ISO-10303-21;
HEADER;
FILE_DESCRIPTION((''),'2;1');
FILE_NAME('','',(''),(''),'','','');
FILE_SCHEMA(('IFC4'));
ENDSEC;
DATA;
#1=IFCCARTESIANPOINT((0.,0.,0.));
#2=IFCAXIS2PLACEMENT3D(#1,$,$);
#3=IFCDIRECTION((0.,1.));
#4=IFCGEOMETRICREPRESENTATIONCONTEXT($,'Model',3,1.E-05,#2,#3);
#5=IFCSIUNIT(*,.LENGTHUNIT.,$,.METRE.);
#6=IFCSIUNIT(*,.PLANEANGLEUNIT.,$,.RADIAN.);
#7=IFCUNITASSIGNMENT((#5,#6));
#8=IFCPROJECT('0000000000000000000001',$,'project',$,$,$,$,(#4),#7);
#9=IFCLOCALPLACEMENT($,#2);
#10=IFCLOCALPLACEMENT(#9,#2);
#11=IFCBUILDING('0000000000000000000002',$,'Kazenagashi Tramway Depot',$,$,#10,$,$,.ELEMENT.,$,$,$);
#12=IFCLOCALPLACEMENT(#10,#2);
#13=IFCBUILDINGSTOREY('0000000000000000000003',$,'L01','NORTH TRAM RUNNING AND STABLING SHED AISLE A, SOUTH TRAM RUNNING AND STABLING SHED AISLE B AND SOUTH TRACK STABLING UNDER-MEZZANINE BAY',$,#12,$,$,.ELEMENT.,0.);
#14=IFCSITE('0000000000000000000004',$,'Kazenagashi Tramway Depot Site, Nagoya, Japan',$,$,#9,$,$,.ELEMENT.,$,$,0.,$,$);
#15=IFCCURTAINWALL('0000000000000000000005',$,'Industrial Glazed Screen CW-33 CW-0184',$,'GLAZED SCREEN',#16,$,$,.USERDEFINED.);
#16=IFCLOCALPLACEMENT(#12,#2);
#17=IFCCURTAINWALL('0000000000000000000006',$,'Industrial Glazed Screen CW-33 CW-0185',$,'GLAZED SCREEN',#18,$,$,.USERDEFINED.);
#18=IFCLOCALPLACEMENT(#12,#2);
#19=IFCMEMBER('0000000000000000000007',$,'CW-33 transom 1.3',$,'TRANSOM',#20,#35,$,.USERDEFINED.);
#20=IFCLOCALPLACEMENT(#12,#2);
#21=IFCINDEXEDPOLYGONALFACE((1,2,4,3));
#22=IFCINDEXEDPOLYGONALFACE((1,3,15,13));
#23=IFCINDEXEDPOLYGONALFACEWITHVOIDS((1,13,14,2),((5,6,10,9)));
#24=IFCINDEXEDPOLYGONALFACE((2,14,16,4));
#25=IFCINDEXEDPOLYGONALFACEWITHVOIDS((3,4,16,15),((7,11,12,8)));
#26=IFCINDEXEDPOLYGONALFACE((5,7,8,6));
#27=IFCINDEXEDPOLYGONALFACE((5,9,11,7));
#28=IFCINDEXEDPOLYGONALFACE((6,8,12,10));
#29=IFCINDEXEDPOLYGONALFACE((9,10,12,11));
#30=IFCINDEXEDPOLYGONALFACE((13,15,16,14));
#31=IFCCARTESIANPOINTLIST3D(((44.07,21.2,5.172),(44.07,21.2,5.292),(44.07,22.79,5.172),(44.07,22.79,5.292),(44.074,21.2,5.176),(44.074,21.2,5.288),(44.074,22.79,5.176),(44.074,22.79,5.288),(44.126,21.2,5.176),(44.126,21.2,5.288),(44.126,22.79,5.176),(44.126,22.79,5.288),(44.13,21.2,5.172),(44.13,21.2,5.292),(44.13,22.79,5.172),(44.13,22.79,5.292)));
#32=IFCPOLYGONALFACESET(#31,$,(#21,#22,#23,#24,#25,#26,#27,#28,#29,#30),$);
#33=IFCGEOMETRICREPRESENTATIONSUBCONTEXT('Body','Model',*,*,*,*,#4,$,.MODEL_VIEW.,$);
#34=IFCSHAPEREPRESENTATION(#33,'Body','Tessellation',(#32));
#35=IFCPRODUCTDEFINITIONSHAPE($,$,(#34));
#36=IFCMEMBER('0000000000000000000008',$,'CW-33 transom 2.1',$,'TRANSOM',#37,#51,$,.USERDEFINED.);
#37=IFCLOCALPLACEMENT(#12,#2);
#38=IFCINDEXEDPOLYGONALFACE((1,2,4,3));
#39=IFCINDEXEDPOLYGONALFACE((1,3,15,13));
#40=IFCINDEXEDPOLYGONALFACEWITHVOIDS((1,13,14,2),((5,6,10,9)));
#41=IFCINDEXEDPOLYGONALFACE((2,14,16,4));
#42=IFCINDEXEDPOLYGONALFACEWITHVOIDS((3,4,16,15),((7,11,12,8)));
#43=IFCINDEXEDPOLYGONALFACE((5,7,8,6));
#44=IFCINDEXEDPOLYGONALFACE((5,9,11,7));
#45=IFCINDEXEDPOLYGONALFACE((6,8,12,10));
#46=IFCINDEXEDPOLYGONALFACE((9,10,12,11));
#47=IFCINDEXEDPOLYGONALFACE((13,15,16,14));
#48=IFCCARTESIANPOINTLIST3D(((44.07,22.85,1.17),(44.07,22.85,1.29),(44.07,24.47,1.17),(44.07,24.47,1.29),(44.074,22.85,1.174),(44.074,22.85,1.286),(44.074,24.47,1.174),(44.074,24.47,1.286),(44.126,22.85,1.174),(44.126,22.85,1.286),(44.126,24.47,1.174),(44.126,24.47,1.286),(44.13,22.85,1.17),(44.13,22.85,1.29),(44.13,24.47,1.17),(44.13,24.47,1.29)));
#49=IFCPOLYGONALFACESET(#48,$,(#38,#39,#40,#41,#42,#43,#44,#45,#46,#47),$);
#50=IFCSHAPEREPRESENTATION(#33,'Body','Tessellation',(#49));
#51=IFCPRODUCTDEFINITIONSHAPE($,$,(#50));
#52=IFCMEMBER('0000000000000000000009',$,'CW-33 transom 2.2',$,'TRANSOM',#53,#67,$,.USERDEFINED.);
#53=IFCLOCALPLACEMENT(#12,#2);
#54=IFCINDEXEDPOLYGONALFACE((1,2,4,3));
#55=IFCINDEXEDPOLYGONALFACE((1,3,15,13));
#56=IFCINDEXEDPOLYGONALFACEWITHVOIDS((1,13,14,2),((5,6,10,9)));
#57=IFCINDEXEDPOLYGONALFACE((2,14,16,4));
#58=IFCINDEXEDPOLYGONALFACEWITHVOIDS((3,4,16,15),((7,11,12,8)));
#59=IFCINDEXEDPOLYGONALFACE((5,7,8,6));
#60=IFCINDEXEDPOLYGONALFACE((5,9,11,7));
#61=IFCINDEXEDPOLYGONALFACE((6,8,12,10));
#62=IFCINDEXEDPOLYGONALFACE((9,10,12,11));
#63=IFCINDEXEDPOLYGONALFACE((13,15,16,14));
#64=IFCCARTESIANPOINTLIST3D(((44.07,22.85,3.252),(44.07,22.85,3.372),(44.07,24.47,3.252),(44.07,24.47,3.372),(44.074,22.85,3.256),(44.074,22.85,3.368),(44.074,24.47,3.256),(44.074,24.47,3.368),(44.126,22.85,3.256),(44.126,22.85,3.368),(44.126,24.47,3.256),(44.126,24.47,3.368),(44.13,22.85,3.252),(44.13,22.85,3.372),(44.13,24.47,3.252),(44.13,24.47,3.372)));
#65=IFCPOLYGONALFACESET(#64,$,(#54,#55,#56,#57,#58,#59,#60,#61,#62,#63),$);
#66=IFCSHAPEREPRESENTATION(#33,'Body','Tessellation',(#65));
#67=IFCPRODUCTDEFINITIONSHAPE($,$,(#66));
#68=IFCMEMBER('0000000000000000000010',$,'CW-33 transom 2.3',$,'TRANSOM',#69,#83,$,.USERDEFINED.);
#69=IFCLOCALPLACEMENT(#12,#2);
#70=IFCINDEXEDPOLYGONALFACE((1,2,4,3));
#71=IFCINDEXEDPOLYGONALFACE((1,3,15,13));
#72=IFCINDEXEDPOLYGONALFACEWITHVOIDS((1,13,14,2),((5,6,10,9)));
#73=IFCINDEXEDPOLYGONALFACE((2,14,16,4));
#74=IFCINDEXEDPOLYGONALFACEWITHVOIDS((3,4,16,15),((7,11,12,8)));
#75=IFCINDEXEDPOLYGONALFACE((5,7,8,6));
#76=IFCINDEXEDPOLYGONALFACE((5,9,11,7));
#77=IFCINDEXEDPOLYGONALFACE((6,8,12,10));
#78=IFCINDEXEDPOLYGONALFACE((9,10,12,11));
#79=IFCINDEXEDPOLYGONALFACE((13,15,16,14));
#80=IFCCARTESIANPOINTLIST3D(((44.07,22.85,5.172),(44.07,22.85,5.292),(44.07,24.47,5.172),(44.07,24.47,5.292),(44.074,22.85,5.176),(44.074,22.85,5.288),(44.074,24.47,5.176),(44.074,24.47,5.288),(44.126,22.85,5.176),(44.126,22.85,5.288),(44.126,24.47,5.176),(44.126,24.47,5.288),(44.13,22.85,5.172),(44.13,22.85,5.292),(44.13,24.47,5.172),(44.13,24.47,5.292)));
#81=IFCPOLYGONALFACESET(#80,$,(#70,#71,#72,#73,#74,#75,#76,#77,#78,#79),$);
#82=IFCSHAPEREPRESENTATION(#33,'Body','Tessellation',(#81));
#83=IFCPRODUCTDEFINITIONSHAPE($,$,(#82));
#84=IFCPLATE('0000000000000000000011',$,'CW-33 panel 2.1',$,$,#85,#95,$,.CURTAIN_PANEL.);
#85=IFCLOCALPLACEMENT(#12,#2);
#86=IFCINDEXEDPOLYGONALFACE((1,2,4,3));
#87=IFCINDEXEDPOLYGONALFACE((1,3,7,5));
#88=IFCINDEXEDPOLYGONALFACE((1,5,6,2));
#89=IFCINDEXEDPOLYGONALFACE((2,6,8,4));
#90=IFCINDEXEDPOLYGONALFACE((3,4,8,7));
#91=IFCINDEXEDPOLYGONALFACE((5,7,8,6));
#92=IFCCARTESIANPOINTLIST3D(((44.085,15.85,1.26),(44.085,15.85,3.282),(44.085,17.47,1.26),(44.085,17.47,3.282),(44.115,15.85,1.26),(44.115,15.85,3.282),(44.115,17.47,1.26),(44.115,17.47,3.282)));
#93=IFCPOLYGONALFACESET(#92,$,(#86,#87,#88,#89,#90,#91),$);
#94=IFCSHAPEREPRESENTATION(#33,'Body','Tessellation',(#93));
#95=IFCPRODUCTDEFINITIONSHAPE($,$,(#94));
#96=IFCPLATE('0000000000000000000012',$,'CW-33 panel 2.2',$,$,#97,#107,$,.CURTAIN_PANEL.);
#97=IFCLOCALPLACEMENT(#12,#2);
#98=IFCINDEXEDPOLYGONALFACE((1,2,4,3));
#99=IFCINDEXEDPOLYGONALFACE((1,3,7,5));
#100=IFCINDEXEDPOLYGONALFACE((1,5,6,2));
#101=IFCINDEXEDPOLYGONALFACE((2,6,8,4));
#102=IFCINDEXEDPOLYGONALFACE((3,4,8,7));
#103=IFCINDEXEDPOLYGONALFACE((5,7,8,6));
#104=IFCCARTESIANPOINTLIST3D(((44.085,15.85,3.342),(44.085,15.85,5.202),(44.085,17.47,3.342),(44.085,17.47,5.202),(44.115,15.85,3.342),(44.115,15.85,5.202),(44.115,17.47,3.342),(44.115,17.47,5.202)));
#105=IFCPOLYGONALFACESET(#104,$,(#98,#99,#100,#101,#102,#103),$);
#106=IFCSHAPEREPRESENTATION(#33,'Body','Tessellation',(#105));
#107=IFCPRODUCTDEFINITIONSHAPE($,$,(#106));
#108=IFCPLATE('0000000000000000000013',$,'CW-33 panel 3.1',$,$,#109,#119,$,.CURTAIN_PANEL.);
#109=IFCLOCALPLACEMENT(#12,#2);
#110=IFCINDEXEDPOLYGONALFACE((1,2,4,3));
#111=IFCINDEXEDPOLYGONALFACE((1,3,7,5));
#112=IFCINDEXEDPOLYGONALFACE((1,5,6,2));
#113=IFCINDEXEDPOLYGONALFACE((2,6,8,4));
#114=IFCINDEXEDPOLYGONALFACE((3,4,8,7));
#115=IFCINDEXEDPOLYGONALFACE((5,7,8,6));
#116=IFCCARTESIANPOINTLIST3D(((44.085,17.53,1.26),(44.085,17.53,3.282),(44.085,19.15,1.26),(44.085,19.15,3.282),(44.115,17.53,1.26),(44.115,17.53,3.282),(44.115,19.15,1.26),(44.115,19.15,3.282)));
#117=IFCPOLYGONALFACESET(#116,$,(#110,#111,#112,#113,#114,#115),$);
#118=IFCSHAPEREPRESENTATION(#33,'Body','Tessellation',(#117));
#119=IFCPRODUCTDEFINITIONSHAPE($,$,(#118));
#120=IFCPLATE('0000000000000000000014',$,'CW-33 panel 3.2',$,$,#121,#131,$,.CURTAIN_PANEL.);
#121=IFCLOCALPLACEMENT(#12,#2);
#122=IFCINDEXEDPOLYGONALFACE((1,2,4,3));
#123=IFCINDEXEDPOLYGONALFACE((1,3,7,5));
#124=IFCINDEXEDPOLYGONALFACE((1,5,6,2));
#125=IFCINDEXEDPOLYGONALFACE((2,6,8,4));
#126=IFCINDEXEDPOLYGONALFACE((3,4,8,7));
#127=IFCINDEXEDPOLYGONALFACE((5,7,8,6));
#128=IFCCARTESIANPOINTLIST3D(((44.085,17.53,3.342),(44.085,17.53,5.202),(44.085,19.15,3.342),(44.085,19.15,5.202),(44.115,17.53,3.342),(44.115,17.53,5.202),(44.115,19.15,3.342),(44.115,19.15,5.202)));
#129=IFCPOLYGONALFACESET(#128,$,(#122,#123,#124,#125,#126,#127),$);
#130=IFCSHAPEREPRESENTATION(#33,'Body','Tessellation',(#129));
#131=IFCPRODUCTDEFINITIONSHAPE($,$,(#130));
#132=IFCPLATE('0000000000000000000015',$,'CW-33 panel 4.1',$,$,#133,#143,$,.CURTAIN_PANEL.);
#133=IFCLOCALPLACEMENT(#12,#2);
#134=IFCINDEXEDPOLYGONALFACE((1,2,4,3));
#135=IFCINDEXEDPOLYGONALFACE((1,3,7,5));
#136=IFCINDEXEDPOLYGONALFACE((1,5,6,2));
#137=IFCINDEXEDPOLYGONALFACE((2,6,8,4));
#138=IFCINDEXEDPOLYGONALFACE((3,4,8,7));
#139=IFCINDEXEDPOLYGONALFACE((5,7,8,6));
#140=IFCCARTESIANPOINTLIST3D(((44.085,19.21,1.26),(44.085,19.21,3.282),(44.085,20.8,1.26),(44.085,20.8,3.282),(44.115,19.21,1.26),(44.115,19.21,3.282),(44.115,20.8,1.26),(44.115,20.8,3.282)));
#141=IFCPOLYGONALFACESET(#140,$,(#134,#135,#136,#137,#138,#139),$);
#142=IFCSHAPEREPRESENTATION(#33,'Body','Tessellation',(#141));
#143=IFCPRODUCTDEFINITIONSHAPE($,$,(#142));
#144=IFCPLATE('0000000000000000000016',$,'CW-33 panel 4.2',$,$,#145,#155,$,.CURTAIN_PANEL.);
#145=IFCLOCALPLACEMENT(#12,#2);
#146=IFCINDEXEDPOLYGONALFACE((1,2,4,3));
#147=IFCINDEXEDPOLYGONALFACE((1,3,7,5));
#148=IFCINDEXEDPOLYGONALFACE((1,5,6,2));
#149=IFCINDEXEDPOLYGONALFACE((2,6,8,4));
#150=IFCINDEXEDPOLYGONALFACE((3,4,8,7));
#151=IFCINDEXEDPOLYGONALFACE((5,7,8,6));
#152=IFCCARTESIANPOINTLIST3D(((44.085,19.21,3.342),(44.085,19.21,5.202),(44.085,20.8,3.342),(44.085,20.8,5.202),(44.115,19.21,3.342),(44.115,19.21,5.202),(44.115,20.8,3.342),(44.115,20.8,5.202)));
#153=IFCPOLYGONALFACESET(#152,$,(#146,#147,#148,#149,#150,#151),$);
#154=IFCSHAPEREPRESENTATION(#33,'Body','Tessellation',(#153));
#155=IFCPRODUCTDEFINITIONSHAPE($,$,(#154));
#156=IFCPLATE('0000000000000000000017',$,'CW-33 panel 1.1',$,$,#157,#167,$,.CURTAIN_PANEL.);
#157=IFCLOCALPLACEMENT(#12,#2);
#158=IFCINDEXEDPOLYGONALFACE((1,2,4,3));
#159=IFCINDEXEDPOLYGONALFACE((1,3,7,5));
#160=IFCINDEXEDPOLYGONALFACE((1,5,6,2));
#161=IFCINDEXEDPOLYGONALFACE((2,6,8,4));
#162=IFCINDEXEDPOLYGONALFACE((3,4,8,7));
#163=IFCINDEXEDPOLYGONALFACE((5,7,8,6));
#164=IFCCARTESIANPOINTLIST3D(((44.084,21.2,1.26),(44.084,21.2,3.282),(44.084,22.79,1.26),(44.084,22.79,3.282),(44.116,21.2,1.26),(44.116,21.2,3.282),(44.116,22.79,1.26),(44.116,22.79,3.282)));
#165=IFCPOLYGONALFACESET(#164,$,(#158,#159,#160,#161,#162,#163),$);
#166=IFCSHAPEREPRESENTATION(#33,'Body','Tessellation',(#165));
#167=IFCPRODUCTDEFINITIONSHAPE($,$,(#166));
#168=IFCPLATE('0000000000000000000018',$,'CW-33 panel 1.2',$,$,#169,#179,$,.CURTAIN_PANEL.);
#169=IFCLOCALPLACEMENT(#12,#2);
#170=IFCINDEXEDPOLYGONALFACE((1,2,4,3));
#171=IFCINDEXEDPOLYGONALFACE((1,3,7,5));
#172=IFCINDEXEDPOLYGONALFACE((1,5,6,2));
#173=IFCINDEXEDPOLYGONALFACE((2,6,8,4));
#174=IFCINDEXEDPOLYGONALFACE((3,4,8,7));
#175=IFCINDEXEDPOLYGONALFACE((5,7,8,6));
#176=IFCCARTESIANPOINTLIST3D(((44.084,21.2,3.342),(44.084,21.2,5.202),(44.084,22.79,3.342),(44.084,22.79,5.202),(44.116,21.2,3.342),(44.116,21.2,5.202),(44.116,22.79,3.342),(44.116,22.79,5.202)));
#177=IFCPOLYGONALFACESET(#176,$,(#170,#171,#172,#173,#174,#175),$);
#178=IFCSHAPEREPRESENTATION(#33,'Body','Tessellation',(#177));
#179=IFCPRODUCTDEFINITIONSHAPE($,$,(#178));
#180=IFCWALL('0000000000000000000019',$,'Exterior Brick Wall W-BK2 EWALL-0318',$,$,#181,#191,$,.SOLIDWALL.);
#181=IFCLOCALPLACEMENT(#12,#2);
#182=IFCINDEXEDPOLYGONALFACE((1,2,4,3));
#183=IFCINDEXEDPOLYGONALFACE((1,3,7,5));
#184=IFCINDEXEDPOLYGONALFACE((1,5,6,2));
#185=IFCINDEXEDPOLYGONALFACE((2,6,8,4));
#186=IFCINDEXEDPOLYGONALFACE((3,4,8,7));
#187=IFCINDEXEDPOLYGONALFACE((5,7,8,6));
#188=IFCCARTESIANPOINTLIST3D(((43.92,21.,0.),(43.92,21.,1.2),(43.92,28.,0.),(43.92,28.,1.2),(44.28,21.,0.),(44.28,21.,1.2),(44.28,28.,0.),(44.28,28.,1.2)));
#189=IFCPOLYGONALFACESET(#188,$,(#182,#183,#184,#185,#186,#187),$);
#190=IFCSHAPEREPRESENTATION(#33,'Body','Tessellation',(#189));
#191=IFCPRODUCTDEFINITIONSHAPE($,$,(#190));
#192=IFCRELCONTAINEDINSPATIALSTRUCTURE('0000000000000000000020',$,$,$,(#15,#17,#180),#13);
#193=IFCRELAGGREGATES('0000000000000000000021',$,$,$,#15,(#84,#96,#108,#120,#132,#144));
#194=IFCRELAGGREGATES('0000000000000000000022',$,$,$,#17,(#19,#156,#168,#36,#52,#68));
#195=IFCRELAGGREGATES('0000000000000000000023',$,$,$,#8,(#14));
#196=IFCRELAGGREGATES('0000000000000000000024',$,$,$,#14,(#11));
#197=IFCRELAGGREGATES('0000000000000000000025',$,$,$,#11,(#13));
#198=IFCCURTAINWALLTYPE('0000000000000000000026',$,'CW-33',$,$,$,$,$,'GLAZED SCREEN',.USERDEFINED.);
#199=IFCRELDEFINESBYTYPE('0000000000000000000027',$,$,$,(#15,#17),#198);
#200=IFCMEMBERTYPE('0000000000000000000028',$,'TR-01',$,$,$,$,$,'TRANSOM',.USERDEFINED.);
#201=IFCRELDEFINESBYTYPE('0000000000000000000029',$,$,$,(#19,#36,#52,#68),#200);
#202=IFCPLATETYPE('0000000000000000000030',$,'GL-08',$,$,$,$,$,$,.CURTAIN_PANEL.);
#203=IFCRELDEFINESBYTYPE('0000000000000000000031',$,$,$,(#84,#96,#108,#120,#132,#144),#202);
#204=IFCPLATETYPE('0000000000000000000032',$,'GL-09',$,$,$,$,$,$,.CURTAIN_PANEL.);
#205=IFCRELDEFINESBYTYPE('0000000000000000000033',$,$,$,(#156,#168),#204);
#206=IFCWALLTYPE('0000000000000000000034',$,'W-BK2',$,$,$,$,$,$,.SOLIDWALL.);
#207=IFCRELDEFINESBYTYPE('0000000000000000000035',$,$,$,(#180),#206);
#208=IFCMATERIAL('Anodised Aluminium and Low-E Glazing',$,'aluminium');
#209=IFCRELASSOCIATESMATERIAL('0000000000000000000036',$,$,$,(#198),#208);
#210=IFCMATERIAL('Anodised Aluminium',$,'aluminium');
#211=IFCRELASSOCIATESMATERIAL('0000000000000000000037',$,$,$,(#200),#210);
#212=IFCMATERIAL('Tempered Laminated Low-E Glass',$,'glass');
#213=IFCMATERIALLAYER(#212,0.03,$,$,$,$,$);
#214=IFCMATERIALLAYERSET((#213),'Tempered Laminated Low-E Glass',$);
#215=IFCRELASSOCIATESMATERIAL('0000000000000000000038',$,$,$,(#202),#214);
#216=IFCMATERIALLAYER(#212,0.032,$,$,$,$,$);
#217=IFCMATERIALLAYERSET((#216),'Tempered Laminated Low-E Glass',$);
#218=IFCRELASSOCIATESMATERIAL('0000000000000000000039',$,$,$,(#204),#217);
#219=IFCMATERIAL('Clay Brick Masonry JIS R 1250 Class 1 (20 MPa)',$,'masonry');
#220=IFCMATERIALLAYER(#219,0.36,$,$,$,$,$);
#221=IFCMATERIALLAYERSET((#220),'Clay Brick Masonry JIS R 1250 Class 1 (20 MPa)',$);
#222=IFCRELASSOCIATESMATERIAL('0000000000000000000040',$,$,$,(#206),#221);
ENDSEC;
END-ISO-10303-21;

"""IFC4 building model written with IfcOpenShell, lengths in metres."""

from ifc_helpers import new_model, si_unit, direction, frame, frame_2d, origin, origin_2d, place, context, subcontext, project, spatial, rectangle, hollow_rectangle, extrude, material, layer, layer_set, material_profile, profile_set, type_object, element, aggregate, save


model = new_model("IFC4")

# Units and contexts
model_context = context("Model", 3, precision=1e-05, world=origin(), true_north=direction((0.0, 1.0)))
body_context = subcontext(model_context, "Body", "Model", "MODEL_VIEW")
ifc_project = project(units=[si_unit("LENGTHUNIT", "METRE"), si_unit("PLANEANGLEUNIT", "RADIAN")], contexts=[model_context])

# Site, building, storey
site_placement = place(None, origin())
site = spatial("IfcSite", under=ifc_project, at=site_placement, Name="Kazenagashi Tramway Depot Site, Nagoya, Japan", CompositionType="ELEMENT", RefElevation=0.0)
building_placement = place(site_placement, origin())
building = spatial("IfcBuilding", under=site, at=building_placement, Name="Kazenagashi Tramway Depot", CompositionType="ELEMENT")
storey_placement = place(building_placement, origin())
storey = spatial("IfcBuildingStorey", under=building, at=storey_placement, Name="L01", Description="NORTH TRAM RUNNING AND STABLING SHED AISLE A, SOUTH TRAM RUNNING AND STABLING SHED AISLE B AND SOUTH TRACK STABLING UNDER-MEZZANINE BAY", CompositionType="ELEMENT", Elevation=0.0)

# Curtain walls
ifc_material_1 = material(Name="Anodised Aluminium and Low-E Glazing", Category="aluminium")
curtain_wall_type = type_object("IfcCurtainWallType", Name="CW-33", ElementType="GLAZED SCREEN", PredefinedType="USERDEFINED", material=ifc_material_1)
curtain_wall_1_placement = place(storey_placement, origin())
curtain_wall_1 = element("IfcCurtainWall", 1, at=curtain_wall_1_placement, inside=storey, type_object=curtain_wall_type, Name="Industrial Glazed Screen CW-33 CW-0184", ObjectType="GLAZED SCREEN", PredefinedType="USERDEFINED")
ifc_material_2 = material(Name="Anodised Aluminium", Category="aluminium")
curtain_wall_2_placement = place(storey_placement, origin())
curtain_wall_2 = element("IfcCurtainWall", 2, at=curtain_wall_2_placement, inside=storey, type_object=curtain_wall_type, Name="Industrial Glazed Screen CW-33 CW-0185", ObjectType="GLAZED SCREEN", PredefinedType="USERDEFINED")

# Members
ifc_material_profile_1 = material_profile(ifc_material_2, hollow_rectangle(XDim=0.06, YDim=0.12, WallThickness=0.004, at=origin_2d()), Name="RHS-120x60x4")
ifc_profile_set_1 = profile_set([ifc_material_profile_1], Name="Anodised Aluminium")
member_type_1 = type_object("IfcMemberType", Name="TR-01", ElementType="TRANSOM", PredefinedType="USERDEFINED", material=ifc_profile_set_1)
member_1_placement = place(storey_placement, frame((44.1, 21.2, 5.232), z_axis=(0.0, 1.0, 0.0), x_axis=(-1.0, 0.0, 0.0)))
member_1 = element("IfcMember", 3, at=member_1_placement, type_object=member_type_1, Name="CW-33 transom 1.3", ObjectType="TRANSOM", PredefinedType="USERDEFINED", context=body_context, shape_type="SweptSolid", body=[
    extrude(hollow_rectangle(XDim=0.06, YDim=0.12, WallThickness=0.004, at=origin_2d()), origin(), (0.0, 0.0, 1.0), 1.59),
])
member_2_placement = place(storey_placement, frame((44.1, 22.85, 1.23), z_axis=(0.0, 1.0, 0.0), x_axis=(-1.0, 0.0, 0.0)))
member_2 = element("IfcMember", 4, at=member_2_placement, type_object=member_type_1, Name="CW-33 transom 2.1", ObjectType="TRANSOM", PredefinedType="USERDEFINED", context=body_context, shape_type="SweptSolid", body=[
    extrude(hollow_rectangle(XDim=0.06, YDim=0.12, WallThickness=0.004, at=origin_2d()), origin(), (0.0, 0.0, 1.0), 1.62),
])
member_3_placement = place(storey_placement, frame((44.1, 22.85, 3.312), z_axis=(0.0, 1.0, 0.0), x_axis=(-1.0, 0.0, 0.0)))
member_3 = element("IfcMember", 5, at=member_3_placement, type_object=member_type_1, Name="CW-33 transom 2.2", ObjectType="TRANSOM", PredefinedType="USERDEFINED", context=body_context, shape_type="SweptSolid", body=[
    extrude(hollow_rectangle(XDim=0.06, YDim=0.12, WallThickness=0.004, at=origin_2d()), origin(), (0.0, 0.0, 1.0), 1.62),
])
member_4_placement = place(storey_placement, frame((44.1, 22.85, 5.232), z_axis=(0.0, 1.0, 0.0), x_axis=(-1.0, 0.0, 0.0)))
member_4 = element("IfcMember", 6, at=member_4_placement, type_object=member_type_1, Name="CW-33 transom 2.3", ObjectType="TRANSOM", PredefinedType="USERDEFINED", context=body_context, shape_type="SweptSolid", body=[
    extrude(hollow_rectangle(XDim=0.06, YDim=0.12, WallThickness=0.004, at=origin_2d()), origin(), (0.0, 0.0, 1.0), 1.62),
])

# Plates
ifc_material_3 = material(Name="Tempered Laminated Low-E Glass", Category="glass")
ifc_layer_1 = layer(ifc_material_3, 0.03)
ifc_layer_set_1 = layer_set([ifc_layer_1], Name="Tempered Laminated Low-E Glass")
plate_type_1 = type_object("IfcPlateType", Name="GL-08", PredefinedType="CURTAIN_PANEL", material=ifc_layer_set_1)
plate_1_placement = place(storey_placement, frame((44.1, 16.66, 1.26), z_axis=(0.0, 0.0, 1.0), x_axis=(0.0, 1.0, 0.0)))
plate_1 = element("IfcPlate", 7, at=plate_1_placement, type_object=plate_type_1, Name="CW-33 panel 2.1", PredefinedType="CURTAIN_PANEL", context=body_context, shape_type="SweptSolid", body=[
    extrude(rectangle(XDim=1.62, YDim=0.03, at=origin_2d()), origin(), (0.0, 0.0, 1.0), 2.022),
])
plate_2_placement = place(storey_placement, frame((44.1, 16.66, 3.342), z_axis=(0.0, 0.0, 1.0), x_axis=(0.0, 1.0, 0.0)))
plate_2 = element("IfcPlate", 8, at=plate_2_placement, type_object=plate_type_1, Name="CW-33 panel 2.2", PredefinedType="CURTAIN_PANEL", context=body_context, shape_type="SweptSolid", body=[
    extrude(rectangle(XDim=1.62, YDim=0.03, at=origin_2d()), origin(), (0.0, 0.0, 1.0), 1.86),
])
plate_3_placement = place(storey_placement, frame((44.1, 18.34, 1.26), z_axis=(0.0, 0.0, 1.0), x_axis=(0.0, 1.0, 0.0)))
plate_3 = element("IfcPlate", 9, at=plate_3_placement, type_object=plate_type_1, Name="CW-33 panel 3.1", PredefinedType="CURTAIN_PANEL", context=body_context, shape_type="SweptSolid", body=[
    extrude(rectangle(XDim=1.62, YDim=0.03, at=origin_2d()), origin(), (0.0, 0.0, 1.0), 2.022),
])
plate_4_placement = place(storey_placement, frame((44.1, 18.34, 3.342), z_axis=(0.0, 0.0, 1.0), x_axis=(0.0, 1.0, 0.0)))
plate_4 = element("IfcPlate", 10, at=plate_4_placement, type_object=plate_type_1, Name="CW-33 panel 3.2", PredefinedType="CURTAIN_PANEL", context=body_context, shape_type="SweptSolid", body=[
    extrude(rectangle(XDim=1.62, YDim=0.03, at=origin_2d()), origin(), (0.0, 0.0, 1.0), 1.86),
])
plate_5_placement = place(storey_placement, frame((44.1, 20.005, 1.26), z_axis=(0.0, 0.0, 1.0), x_axis=(0.0, 1.0, 0.0)))
plate_5 = element("IfcPlate", 11, at=plate_5_placement, type_object=plate_type_1, Name="CW-33 panel 4.1", PredefinedType="CURTAIN_PANEL", context=body_context, shape_type="SweptSolid", body=[
    extrude(rectangle(XDim=1.59, YDim=0.03, at=origin_2d()), origin(), (0.0, 0.0, 1.0), 2.022),
])
plate_6_placement = place(storey_placement, frame((44.1, 20.005, 3.342), z_axis=(0.0, 0.0, 1.0), x_axis=(0.0, 1.0, 0.0)))
plate_6 = element("IfcPlate", 12, at=plate_6_placement, type_object=plate_type_1, Name="CW-33 panel 4.2", PredefinedType="CURTAIN_PANEL", context=body_context, shape_type="SweptSolid", body=[
    extrude(rectangle(XDim=1.59, YDim=0.03, at=origin_2d()), origin(), (0.0, 0.0, 1.0), 1.86),
])
aggregate(curtain_wall_1, [plate_1, plate_2, plate_3, plate_4, plate_5, plate_6])
ifc_layer_2 = layer(ifc_material_3, 0.032)
ifc_layer_set_2 = layer_set([ifc_layer_2], Name="Tempered Laminated Low-E Glass")
plate_type_2 = type_object("IfcPlateType", Name="GL-09", PredefinedType="CURTAIN_PANEL", material=ifc_layer_set_2)
plate_7_placement = place(storey_placement, frame((44.1, 21.995, 1.26), z_axis=(0.0, 0.0, 1.0), x_axis=(0.0, 1.0, 0.0)))
plate_7 = element("IfcPlate", 13, at=plate_7_placement, type_object=plate_type_2, Name="CW-33 panel 1.1", PredefinedType="CURTAIN_PANEL", context=body_context, shape_type="SweptSolid", body=[
    extrude(rectangle(XDim=1.59, YDim=0.032, at=origin_2d()), origin(), (0.0, 0.0, 1.0), 2.022),
])
plate_8_placement = place(storey_placement, frame((44.1, 21.995, 3.342), z_axis=(0.0, 0.0, 1.0), x_axis=(0.0, 1.0, 0.0)))
plate_8 = element("IfcPlate", 14, at=plate_8_placement, type_object=plate_type_2, Name="CW-33 panel 1.2", PredefinedType="CURTAIN_PANEL", context=body_context, shape_type="SweptSolid", body=[
    extrude(rectangle(XDim=1.59, YDim=0.032, at=origin_2d()), origin(), (0.0, 0.0, 1.0), 1.86),
])
aggregate(curtain_wall_2, [member_1, plate_7, plate_8, member_2, member_3, member_4])

# Wall
ifc_material_4 = material(Name="Clay Brick Masonry JIS R 1250 Class 1 (20 MPa)", Category="masonry")
ifc_layer_3 = layer(ifc_material_4, 0.36)
ifc_layer_set_3 = layer_set([ifc_layer_3], Name="Clay Brick Masonry JIS R 1250 Class 1 (20 MPa)")
wall_type = type_object("IfcWallType", Name="W-BK2", PredefinedType="SOLIDWALL", material=ifc_layer_set_3)
wall_placement = place(storey_placement, frame((44.1, 21.0, 0.0), z_axis=(0.0, 0.0, 1.0), x_axis=(0.0, 1.0, 0.0)))
element("IfcWall", 15, at=wall_placement, inside=storey, type_object=wall_type, Name="Exterior Brick Wall W-BK2 EWALL-0318", PredefinedType="SOLIDWALL", context=body_context, shape_type="SweptSolid", body=[
    extrude(rectangle(XDim=7.0, YDim=0.36, at=frame_2d((3.5, 0.0))), origin(), (0.0, 0.0, 1.0), 1.2),
])

save(model, "model.ifc")
